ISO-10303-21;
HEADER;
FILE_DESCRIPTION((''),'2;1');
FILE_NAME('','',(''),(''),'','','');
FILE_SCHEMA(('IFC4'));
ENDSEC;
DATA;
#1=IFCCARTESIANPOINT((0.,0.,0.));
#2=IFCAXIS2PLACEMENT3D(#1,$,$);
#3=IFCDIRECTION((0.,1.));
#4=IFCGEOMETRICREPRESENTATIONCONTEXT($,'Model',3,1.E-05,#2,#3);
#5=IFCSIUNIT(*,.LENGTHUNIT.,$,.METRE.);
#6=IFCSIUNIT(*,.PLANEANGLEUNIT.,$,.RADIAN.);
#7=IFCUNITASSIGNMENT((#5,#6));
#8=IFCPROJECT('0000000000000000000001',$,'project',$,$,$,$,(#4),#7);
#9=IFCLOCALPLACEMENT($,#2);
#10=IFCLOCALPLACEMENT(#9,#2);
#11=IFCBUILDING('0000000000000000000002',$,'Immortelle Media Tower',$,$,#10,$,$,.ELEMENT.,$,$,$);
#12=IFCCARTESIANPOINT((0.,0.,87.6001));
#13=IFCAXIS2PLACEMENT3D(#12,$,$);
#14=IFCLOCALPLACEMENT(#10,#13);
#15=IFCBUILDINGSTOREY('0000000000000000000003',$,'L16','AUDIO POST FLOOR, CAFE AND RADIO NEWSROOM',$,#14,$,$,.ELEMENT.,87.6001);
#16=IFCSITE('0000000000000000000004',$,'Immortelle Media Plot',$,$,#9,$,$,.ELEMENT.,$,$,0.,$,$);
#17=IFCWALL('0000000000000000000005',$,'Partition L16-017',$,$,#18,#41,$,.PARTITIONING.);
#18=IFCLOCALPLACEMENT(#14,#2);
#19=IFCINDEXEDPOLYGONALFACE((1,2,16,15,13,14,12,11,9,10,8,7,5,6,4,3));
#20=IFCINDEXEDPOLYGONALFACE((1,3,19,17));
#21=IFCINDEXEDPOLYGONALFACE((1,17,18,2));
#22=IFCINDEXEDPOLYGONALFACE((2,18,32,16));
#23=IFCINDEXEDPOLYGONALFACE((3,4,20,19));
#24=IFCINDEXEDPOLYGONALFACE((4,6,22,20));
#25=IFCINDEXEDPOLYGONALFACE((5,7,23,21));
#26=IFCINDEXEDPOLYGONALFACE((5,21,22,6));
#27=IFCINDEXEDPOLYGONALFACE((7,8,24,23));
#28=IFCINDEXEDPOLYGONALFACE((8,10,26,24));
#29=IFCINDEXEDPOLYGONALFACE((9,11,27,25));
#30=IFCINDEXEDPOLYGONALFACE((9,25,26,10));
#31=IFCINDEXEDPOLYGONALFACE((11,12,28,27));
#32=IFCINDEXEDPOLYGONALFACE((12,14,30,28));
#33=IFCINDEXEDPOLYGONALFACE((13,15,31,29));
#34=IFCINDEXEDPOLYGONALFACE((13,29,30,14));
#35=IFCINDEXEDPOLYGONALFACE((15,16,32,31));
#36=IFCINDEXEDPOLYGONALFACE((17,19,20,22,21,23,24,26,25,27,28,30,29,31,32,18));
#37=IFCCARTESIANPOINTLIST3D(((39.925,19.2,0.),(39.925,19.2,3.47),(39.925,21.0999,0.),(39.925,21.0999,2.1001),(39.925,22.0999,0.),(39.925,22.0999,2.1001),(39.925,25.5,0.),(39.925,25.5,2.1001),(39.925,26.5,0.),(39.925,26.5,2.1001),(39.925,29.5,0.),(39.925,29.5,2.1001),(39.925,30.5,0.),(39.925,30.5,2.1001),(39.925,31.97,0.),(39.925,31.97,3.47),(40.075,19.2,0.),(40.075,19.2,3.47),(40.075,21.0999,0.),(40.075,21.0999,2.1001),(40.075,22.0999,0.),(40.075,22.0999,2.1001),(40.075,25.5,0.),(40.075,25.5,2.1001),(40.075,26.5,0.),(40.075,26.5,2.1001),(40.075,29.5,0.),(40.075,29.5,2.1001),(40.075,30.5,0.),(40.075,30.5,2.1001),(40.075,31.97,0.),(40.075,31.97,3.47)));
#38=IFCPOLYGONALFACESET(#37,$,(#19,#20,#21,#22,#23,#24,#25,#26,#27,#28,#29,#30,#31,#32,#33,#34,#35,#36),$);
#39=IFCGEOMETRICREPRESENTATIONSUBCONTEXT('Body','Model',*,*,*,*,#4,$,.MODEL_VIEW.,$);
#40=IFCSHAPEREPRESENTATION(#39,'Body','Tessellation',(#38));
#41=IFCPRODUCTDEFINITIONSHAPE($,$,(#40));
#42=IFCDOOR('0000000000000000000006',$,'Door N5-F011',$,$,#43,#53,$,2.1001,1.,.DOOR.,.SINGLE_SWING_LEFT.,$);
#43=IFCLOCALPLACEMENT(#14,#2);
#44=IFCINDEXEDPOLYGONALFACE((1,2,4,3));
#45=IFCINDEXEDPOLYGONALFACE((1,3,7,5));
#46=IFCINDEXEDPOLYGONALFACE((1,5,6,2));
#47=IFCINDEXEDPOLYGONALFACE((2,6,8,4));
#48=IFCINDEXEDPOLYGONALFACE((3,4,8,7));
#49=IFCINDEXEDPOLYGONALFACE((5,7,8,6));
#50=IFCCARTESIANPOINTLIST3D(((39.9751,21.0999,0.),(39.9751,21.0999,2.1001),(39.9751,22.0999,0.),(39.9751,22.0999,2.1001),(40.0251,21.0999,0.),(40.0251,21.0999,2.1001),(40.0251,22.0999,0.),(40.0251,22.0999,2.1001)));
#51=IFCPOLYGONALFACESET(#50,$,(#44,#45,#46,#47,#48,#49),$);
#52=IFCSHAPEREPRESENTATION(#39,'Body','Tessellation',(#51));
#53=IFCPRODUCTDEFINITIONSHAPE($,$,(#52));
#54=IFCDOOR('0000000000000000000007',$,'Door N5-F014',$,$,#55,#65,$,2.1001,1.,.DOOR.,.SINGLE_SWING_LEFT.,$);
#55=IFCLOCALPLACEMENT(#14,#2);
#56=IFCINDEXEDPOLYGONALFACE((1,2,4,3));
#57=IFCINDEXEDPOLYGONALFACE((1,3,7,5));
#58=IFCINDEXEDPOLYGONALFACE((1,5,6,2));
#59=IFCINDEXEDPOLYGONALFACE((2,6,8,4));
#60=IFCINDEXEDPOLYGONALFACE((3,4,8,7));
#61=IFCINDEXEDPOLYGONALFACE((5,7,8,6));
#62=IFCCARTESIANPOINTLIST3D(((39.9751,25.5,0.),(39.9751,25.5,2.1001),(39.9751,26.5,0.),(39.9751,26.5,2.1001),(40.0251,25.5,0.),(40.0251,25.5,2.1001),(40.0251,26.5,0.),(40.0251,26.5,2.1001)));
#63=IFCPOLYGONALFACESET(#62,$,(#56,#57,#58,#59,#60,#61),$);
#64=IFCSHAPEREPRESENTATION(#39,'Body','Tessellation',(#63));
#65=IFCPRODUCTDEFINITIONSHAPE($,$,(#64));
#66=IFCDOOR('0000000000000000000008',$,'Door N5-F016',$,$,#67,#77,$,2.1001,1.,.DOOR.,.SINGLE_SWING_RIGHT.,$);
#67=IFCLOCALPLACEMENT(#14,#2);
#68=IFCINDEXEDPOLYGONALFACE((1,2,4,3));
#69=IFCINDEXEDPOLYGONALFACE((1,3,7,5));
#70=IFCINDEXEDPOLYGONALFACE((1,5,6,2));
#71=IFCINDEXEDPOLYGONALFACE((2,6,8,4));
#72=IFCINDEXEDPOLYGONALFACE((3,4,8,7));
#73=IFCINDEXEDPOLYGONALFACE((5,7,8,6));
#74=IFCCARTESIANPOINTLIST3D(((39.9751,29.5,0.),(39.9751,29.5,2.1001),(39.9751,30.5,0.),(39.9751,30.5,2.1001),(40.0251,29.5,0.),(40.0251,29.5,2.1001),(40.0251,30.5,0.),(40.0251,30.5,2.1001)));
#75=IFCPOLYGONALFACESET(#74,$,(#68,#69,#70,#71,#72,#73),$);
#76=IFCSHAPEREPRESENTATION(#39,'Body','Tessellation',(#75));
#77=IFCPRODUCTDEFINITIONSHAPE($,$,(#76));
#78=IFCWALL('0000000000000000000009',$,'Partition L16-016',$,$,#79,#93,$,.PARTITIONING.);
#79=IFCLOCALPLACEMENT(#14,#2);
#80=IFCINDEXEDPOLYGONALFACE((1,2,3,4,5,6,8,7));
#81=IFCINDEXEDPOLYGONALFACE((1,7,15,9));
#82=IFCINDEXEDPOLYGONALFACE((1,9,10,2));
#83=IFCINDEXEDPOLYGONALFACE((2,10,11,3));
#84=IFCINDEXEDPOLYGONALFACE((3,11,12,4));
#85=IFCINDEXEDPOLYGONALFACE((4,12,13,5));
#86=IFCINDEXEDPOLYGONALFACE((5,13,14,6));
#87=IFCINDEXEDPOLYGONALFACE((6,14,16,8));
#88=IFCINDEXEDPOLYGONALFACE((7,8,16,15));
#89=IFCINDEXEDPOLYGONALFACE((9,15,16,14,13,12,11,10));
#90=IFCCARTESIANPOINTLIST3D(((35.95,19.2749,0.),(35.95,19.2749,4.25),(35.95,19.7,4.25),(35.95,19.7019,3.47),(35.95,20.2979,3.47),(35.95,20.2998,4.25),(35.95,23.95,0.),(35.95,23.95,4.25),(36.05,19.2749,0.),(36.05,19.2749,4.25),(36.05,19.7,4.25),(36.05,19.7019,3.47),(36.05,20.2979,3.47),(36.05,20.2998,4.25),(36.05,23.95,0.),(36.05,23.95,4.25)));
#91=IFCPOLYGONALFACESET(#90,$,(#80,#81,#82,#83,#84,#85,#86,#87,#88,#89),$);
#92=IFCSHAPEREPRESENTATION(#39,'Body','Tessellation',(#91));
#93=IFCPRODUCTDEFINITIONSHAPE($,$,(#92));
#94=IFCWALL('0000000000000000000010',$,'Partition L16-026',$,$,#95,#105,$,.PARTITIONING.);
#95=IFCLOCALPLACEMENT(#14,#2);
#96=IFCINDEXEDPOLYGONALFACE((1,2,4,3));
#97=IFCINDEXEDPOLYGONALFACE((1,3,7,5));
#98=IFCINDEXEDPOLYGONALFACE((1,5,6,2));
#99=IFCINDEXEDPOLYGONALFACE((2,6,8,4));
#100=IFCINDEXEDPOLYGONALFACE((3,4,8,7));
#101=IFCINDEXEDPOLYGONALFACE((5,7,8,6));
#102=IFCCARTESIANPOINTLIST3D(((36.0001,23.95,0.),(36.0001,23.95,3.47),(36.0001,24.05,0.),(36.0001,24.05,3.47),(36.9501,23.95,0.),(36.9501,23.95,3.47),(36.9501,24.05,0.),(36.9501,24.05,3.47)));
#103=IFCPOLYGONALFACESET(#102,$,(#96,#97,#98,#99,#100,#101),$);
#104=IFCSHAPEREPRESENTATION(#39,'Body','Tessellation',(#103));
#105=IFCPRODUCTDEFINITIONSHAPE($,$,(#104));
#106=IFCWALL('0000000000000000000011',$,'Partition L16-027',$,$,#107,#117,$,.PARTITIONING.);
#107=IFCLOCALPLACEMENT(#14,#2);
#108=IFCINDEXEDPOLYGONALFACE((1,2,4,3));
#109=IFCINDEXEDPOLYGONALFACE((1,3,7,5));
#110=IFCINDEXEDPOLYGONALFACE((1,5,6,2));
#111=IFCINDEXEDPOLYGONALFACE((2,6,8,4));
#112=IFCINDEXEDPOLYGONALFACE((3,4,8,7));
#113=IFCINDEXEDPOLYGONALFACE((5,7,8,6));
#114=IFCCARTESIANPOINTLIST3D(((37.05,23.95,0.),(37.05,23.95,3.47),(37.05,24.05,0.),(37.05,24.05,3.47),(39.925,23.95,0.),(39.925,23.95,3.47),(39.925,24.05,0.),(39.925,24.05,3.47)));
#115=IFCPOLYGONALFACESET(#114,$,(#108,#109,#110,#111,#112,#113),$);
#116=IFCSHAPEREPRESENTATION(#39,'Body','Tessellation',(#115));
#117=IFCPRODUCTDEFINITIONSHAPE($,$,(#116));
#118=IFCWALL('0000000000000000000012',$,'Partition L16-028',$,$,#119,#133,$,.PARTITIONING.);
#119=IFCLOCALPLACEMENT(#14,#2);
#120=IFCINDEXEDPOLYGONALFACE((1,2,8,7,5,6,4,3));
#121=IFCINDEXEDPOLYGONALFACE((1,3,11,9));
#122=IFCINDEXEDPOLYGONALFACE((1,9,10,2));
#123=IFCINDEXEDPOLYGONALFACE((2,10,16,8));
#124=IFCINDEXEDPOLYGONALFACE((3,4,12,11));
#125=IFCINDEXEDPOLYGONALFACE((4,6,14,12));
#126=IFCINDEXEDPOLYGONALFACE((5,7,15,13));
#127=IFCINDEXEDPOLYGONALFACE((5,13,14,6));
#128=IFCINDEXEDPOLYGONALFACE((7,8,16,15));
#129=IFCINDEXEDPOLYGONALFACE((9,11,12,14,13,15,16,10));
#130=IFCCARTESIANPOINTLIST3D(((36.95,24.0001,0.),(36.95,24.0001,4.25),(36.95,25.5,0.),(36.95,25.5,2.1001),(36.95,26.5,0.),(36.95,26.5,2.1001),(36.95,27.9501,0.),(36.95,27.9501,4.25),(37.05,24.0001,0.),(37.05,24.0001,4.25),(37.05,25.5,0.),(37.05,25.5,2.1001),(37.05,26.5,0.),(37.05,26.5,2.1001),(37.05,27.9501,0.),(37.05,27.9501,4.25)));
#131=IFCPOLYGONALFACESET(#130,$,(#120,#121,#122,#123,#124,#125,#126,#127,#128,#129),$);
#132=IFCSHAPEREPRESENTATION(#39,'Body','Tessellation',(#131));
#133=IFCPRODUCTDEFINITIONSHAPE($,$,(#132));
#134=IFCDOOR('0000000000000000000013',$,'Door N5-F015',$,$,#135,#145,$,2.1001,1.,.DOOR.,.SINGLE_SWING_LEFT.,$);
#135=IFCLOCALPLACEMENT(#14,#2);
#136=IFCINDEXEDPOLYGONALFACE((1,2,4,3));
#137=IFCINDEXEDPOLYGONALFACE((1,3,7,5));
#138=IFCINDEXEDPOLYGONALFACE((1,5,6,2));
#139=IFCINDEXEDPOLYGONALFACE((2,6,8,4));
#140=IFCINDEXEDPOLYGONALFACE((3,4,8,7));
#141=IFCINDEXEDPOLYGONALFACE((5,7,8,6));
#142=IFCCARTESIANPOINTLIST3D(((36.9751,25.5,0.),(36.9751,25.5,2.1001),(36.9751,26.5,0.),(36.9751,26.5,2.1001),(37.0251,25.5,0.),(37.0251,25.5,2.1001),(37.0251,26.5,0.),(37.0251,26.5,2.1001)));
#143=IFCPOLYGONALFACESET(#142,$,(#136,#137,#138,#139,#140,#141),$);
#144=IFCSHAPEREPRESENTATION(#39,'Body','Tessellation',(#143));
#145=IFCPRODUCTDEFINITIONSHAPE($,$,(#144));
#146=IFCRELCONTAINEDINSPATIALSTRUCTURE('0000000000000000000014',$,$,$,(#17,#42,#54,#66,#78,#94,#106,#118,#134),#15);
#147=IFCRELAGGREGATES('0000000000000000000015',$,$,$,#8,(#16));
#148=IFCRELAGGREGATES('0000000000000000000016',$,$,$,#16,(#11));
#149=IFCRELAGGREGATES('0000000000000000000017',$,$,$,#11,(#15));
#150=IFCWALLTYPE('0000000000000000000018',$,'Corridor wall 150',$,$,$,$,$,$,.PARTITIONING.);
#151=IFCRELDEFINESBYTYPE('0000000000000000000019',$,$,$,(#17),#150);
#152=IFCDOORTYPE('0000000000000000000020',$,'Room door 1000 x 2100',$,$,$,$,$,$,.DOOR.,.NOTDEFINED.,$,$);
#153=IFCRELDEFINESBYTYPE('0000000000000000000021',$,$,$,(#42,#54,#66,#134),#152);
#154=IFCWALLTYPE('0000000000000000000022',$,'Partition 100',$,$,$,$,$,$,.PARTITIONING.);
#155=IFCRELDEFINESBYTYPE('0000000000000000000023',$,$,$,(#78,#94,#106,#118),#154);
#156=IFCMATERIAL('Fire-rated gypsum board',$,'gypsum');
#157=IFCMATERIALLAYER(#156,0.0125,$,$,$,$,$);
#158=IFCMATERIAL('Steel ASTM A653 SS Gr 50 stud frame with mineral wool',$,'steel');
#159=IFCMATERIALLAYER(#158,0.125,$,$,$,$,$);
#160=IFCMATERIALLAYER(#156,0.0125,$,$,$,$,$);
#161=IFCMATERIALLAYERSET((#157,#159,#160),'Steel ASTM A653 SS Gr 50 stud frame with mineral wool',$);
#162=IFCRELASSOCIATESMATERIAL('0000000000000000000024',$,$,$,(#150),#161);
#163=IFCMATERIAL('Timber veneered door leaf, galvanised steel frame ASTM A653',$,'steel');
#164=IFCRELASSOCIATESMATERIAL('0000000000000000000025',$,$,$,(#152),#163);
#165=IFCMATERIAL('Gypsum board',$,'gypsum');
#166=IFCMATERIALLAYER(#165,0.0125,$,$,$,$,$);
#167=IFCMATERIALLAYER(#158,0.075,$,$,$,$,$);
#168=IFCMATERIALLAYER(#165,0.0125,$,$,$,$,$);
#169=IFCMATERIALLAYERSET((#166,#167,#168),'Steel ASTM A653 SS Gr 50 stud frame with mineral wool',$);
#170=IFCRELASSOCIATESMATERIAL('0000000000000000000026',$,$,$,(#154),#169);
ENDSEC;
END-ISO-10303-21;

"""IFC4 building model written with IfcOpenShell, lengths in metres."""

from ifc_helpers import new_model, si_unit, direction, frame, frame_2d, origin, place, context, subcontext, project, spatial, polyline, rectangle, outline, extrude, material, layer, layer_set, type_object, element, fill, save


model = new_model("IFC4")

# Units and contexts
model_context = context("Model", 3, precision=1e-05, world=origin(), true_north=direction((0.0, 1.0)))
body_context = subcontext(model_context, "Body", "Model", "MODEL_VIEW")
ifc_project = project(units=[si_unit("LENGTHUNIT", "METRE"), si_unit("PLANEANGLEUNIT", "RADIAN")], contexts=[model_context])

# Site, building, storey
site_placement = place(None, origin())
site = spatial("IfcSite", under=ifc_project, at=site_placement, Name="Immortelle Media Plot", CompositionType="ELEMENT", RefElevation=0.0)
building_placement = place(site_placement, origin())
building = spatial("IfcBuilding", under=site, at=building_placement, Name="Immortelle Media Tower", CompositionType="ELEMENT")
storey_placement = place(building_placement, frame((0.0, 0.0, 87.6001)))
storey = spatial("IfcBuildingStorey", under=building, at=storey_placement, Name="L16", Description="AUDIO POST FLOOR, CAFE AND RADIO NEWSROOM", CompositionType="ELEMENT", Elevation=87.6001)

# Wall, openings, doors
ifc_material_1 = material(Name="Fire-rated gypsum board", Category="gypsum")
ifc_layer_1 = layer(ifc_material_1, 0.0125)
ifc_material_2 = material(Name="Steel ASTM A653 SS Gr 50 stud frame with mineral wool", Category="steel")
ifc_layer_2 = layer(ifc_material_2, 0.125)
ifc_layer_3 = layer(ifc_material_1, 0.0125)
ifc_layer_set_1 = layer_set([ifc_layer_1, ifc_layer_2, ifc_layer_3], Name="Steel ASTM A653 SS Gr 50 stud frame with mineral wool")
wall_type_1 = type_object("IfcWallType", Name="Corridor wall 150", PredefinedType="PARTITIONING", material=ifc_layer_set_1)
wall_1_placement = place(storey_placement, frame((40.0, 19.2, 0.0), z_axis=(0.0, 0.0, 1.0), x_axis=(0.0, 1.0, 0.0)))
wall_1 = element("IfcWall", 1, at=wall_1_placement, inside=storey, type_object=wall_type_1, Name="Partition L16-017", PredefinedType="PARTITIONING", context=body_context, shape_type="SweptSolid", body=[
    extrude(rectangle(XDim=12.77, YDim=0.1499, at=frame_2d((6.385, 0.0))), origin(), (0.0, 0.0, 1.0), 3.47),
])
opening_1_placement = place(wall_1_placement, frame((1.8999, 0.0, 0.0)))
opening_1 = element("IfcOpeningElement", 2, at=opening_1_placement, cuts=wall_1, PredefinedType="OPENING", context=body_context, shape_type="SweptSolid", body=[
    extrude(rectangle(XDim=1.0, YDim=2.1001, at=frame_2d((0.5, 1.05))), frame((0.0, 0.085, 0.0), z_axis=(0.0, -1.0, 0.0), x_axis=(1.0, 0.0, 0.0)), (0.0, 0.0, 1.0), 0.1699),
])
opening_2_placement = place(wall_1_placement, frame((6.3, 0.0, 0.0)))
opening_2 = element("IfcOpeningElement", 3, at=opening_2_placement, cuts=wall_1, PredefinedType="OPENING", context=body_context, shape_type="SweptSolid", body=[
    extrude(rectangle(XDim=1.0, YDim=2.1001, at=frame_2d((0.5, 1.05))), frame((0.0, 0.085, 0.0), z_axis=(0.0, -1.0, 0.0), x_axis=(1.0, 0.0, 0.0)), (0.0, 0.0, 1.0), 0.1699),
])
opening_3_placement = place(wall_1_placement, frame((10.3, 0.0, 0.0)))
opening_3 = element("IfcOpeningElement", 4, at=opening_3_placement, cuts=wall_1, PredefinedType="OPENING", context=body_context, shape_type="SweptSolid", body=[
    extrude(rectangle(XDim=1.0, YDim=2.1001, at=frame_2d((0.5, 1.05))), frame((0.0, 0.085, 0.0), z_axis=(0.0, -1.0, 0.0), x_axis=(1.0, 0.0, 0.0)), (0.0, 0.0, 1.0), 0.1699),
])
ifc_material_3 = material(Name="Timber veneered door leaf, galvanised steel frame ASTM A653", Category="steel")
door_type = type_object("IfcDoorType", Name="Room door 1000 x 2100", OperationType="NOTDEFINED", PredefinedType="DOOR", material=ifc_material_3)
door_1_placement = place(opening_1_placement, origin())
door_1 = element("IfcDoor", 5, at=door_1_placement, inside=storey, type_object=door_type, Name="Door N5-F011", OperationType="SINGLE_SWING_LEFT", OverallHeight=2.1001, OverallWidth=1.0, PredefinedType="DOOR", context=body_context, shape_type="SweptSolid", body=[
    extrude(rectangle(XDim=1.0, YDim=2.1001, at=frame_2d((0.5, 1.05))), frame((0.0, 0.0249, 0.0), z_axis=(0.0, -1.0, 0.0), x_axis=(1.0, 0.0, 0.0)), (0.0, 0.0, 1.0), 0.05),
])
fill(opening_1, door_1)
door_2_placement = place(opening_2_placement, origin())
door_2 = element("IfcDoor", 6, at=door_2_placement, inside=storey, type_object=door_type, Name="Door N5-F014", OperationType="SINGLE_SWING_LEFT", OverallHeight=2.1001, OverallWidth=1.0, PredefinedType="DOOR", context=body_context, shape_type="SweptSolid", body=[
    extrude(rectangle(XDim=1.0, YDim=2.1001, at=frame_2d((0.5, 1.05))), frame((0.0, 0.0249, 0.0), z_axis=(0.0, -1.0, 0.0), x_axis=(1.0, 0.0, 0.0)), (0.0, 0.0, 1.0), 0.05),
])
fill(opening_2, door_2)
door_3_placement = place(opening_3_placement, origin())
door_3 = element("IfcDoor", 7, at=door_3_placement, inside=storey, type_object=door_type, Name="Door N5-F016", OperationType="SINGLE_SWING_RIGHT", OverallHeight=2.1001, OverallWidth=1.0, PredefinedType="DOOR", context=body_context, shape_type="SweptSolid", body=[
    extrude(rectangle(XDim=1.0, YDim=2.1001, at=frame_2d((0.5, 1.05))), frame((0.0, 0.0249, 0.0), z_axis=(0.0, -1.0, 0.0), x_axis=(1.0, 0.0, 0.0)), (0.0, 0.0, 1.0), 0.05),
])
fill(opening_3, door_3)

# Walls
ifc_material_4 = material(Name="Gypsum board", Category="gypsum")
ifc_layer_4 = layer(ifc_material_4, 0.0125)
ifc_layer_5 = layer(ifc_material_2, 0.075)
ifc_layer_6 = layer(ifc_material_4, 0.0125)
ifc_layer_set_2 = layer_set([ifc_layer_4, ifc_layer_5, ifc_layer_6], Name="Steel ASTM A653 SS Gr 50 stud frame with mineral wool")
wall_type_2 = type_object("IfcWallType", Name="Partition 100", PredefinedType="PARTITIONING", material=ifc_layer_set_2)
wall_2_placement = place(storey_placement, frame((36.0, 19.2749, 0.0), z_axis=(0.0, 0.0, 1.0), x_axis=(0.0, 1.0, 0.0)))
element("IfcWall", 8, at=wall_2_placement, inside=storey, type_object=wall_type_2, Name="Partition L16-016", PredefinedType="PARTITIONING", context=body_context, shape_type="SweptSolid", body=[
    extrude(outline(polyline([(0.0, 0.0), (4.675, 0.0), (4.675, 4.25), (1.0249, 4.25), (1.0229, 3.47), (0.427, 3.47), (0.425, 4.25), (0.0, 4.25), (0.0, 0.0)])), frame((0.0, 0.05, 0.0), z_axis=(0.0, -1.0, 0.0), x_axis=(1.0, 0.0, 0.0)), (0.0, 0.0, 1.0), 0.1001),
])
wall_3_placement = place(storey_placement, frame((36.0, 24.0, 0.0), z_axis=(0.0, 0.0, 1.0), x_axis=(1.0, 0.0, 0.0)))
element("IfcWall", 9, at=wall_3_placement, inside=storey, type_object=wall_type_2, Name="Partition L16-026", PredefinedType="PARTITIONING", context=body_context, shape_type="SweptSolid", body=[
    extrude(rectangle(XDim=0.95, YDim=0.1001, at=frame_2d((0.4751, 0.0))), origin(), (0.0, 0.0, 1.0), 3.47),
])
wall_4_placement = place(storey_placement, frame((37.05, 24.0, 0.0), z_axis=(0.0, 0.0, 1.0), x_axis=(1.0, 0.0, 0.0)))
element("IfcWall", 10, at=wall_4_placement, inside=storey, type_object=wall_type_2, Name="Partition L16-027", PredefinedType="PARTITIONING", context=body_context, shape_type="SweptSolid", body=[
    extrude(rectangle(XDim=2.875, YDim=0.1001, at=frame_2d((1.4375, 0.0))), origin(), (0.0, 0.0, 1.0), 3.47),
])

# Wall, opening, door
wall_5_placement = place(storey_placement, frame((37.0, 24.0, 0.0), z_axis=(0.0, 0.0, 1.0), x_axis=(0.0, 1.0, 0.0)))
wall_5 = element("IfcWall", 11, at=wall_5_placement, inside=storey, type_object=wall_type_2, Name="Partition L16-028", PredefinedType="PARTITIONING", context=body_context, shape_type="SweptSolid", body=[
    extrude(rectangle(XDim=3.95, YDim=0.1001, at=frame_2d((1.9751, 0.0))), origin(), (0.0, 0.0, 1.0), 4.25),
])
opening_4_placement = place(wall_5_placement, frame((1.5, 0.0, 0.0)))
opening_4 = element("IfcOpeningElement", 12, at=opening_4_placement, cuts=wall_5, PredefinedType="OPENING", context=body_context, shape_type="SweptSolid", body=[
    extrude(rectangle(XDim=1.0, YDim=2.1001, at=frame_2d((0.5, 1.05))), frame((0.0, 0.0601, 0.0), z_axis=(0.0, -1.0, 0.0), x_axis=(1.0, 0.0, 0.0)), (0.0, 0.0, 1.0), 0.1201),
])
door_4_placement = place(opening_4_placement, origin())
door_4 = element("IfcDoor", 13, at=door_4_placement, inside=storey, type_object=door_type, Name="Door N5-F015", OperationType="SINGLE_SWING_LEFT", OverallHeight=2.1001, OverallWidth=1.0, PredefinedType="DOOR", context=body_context, shape_type="SweptSolid", body=[
    extrude(rectangle(XDim=1.0, YDim=2.1001, at=frame_2d((0.5, 1.05))), frame((0.0, 0.0249, 0.0), z_axis=(0.0, -1.0, 0.0), x_axis=(1.0, 0.0, 0.0)), (0.0, 0.0, 1.0), 0.05),
])
fill(opening_4, door_4)

save(model, "model.ifc")
